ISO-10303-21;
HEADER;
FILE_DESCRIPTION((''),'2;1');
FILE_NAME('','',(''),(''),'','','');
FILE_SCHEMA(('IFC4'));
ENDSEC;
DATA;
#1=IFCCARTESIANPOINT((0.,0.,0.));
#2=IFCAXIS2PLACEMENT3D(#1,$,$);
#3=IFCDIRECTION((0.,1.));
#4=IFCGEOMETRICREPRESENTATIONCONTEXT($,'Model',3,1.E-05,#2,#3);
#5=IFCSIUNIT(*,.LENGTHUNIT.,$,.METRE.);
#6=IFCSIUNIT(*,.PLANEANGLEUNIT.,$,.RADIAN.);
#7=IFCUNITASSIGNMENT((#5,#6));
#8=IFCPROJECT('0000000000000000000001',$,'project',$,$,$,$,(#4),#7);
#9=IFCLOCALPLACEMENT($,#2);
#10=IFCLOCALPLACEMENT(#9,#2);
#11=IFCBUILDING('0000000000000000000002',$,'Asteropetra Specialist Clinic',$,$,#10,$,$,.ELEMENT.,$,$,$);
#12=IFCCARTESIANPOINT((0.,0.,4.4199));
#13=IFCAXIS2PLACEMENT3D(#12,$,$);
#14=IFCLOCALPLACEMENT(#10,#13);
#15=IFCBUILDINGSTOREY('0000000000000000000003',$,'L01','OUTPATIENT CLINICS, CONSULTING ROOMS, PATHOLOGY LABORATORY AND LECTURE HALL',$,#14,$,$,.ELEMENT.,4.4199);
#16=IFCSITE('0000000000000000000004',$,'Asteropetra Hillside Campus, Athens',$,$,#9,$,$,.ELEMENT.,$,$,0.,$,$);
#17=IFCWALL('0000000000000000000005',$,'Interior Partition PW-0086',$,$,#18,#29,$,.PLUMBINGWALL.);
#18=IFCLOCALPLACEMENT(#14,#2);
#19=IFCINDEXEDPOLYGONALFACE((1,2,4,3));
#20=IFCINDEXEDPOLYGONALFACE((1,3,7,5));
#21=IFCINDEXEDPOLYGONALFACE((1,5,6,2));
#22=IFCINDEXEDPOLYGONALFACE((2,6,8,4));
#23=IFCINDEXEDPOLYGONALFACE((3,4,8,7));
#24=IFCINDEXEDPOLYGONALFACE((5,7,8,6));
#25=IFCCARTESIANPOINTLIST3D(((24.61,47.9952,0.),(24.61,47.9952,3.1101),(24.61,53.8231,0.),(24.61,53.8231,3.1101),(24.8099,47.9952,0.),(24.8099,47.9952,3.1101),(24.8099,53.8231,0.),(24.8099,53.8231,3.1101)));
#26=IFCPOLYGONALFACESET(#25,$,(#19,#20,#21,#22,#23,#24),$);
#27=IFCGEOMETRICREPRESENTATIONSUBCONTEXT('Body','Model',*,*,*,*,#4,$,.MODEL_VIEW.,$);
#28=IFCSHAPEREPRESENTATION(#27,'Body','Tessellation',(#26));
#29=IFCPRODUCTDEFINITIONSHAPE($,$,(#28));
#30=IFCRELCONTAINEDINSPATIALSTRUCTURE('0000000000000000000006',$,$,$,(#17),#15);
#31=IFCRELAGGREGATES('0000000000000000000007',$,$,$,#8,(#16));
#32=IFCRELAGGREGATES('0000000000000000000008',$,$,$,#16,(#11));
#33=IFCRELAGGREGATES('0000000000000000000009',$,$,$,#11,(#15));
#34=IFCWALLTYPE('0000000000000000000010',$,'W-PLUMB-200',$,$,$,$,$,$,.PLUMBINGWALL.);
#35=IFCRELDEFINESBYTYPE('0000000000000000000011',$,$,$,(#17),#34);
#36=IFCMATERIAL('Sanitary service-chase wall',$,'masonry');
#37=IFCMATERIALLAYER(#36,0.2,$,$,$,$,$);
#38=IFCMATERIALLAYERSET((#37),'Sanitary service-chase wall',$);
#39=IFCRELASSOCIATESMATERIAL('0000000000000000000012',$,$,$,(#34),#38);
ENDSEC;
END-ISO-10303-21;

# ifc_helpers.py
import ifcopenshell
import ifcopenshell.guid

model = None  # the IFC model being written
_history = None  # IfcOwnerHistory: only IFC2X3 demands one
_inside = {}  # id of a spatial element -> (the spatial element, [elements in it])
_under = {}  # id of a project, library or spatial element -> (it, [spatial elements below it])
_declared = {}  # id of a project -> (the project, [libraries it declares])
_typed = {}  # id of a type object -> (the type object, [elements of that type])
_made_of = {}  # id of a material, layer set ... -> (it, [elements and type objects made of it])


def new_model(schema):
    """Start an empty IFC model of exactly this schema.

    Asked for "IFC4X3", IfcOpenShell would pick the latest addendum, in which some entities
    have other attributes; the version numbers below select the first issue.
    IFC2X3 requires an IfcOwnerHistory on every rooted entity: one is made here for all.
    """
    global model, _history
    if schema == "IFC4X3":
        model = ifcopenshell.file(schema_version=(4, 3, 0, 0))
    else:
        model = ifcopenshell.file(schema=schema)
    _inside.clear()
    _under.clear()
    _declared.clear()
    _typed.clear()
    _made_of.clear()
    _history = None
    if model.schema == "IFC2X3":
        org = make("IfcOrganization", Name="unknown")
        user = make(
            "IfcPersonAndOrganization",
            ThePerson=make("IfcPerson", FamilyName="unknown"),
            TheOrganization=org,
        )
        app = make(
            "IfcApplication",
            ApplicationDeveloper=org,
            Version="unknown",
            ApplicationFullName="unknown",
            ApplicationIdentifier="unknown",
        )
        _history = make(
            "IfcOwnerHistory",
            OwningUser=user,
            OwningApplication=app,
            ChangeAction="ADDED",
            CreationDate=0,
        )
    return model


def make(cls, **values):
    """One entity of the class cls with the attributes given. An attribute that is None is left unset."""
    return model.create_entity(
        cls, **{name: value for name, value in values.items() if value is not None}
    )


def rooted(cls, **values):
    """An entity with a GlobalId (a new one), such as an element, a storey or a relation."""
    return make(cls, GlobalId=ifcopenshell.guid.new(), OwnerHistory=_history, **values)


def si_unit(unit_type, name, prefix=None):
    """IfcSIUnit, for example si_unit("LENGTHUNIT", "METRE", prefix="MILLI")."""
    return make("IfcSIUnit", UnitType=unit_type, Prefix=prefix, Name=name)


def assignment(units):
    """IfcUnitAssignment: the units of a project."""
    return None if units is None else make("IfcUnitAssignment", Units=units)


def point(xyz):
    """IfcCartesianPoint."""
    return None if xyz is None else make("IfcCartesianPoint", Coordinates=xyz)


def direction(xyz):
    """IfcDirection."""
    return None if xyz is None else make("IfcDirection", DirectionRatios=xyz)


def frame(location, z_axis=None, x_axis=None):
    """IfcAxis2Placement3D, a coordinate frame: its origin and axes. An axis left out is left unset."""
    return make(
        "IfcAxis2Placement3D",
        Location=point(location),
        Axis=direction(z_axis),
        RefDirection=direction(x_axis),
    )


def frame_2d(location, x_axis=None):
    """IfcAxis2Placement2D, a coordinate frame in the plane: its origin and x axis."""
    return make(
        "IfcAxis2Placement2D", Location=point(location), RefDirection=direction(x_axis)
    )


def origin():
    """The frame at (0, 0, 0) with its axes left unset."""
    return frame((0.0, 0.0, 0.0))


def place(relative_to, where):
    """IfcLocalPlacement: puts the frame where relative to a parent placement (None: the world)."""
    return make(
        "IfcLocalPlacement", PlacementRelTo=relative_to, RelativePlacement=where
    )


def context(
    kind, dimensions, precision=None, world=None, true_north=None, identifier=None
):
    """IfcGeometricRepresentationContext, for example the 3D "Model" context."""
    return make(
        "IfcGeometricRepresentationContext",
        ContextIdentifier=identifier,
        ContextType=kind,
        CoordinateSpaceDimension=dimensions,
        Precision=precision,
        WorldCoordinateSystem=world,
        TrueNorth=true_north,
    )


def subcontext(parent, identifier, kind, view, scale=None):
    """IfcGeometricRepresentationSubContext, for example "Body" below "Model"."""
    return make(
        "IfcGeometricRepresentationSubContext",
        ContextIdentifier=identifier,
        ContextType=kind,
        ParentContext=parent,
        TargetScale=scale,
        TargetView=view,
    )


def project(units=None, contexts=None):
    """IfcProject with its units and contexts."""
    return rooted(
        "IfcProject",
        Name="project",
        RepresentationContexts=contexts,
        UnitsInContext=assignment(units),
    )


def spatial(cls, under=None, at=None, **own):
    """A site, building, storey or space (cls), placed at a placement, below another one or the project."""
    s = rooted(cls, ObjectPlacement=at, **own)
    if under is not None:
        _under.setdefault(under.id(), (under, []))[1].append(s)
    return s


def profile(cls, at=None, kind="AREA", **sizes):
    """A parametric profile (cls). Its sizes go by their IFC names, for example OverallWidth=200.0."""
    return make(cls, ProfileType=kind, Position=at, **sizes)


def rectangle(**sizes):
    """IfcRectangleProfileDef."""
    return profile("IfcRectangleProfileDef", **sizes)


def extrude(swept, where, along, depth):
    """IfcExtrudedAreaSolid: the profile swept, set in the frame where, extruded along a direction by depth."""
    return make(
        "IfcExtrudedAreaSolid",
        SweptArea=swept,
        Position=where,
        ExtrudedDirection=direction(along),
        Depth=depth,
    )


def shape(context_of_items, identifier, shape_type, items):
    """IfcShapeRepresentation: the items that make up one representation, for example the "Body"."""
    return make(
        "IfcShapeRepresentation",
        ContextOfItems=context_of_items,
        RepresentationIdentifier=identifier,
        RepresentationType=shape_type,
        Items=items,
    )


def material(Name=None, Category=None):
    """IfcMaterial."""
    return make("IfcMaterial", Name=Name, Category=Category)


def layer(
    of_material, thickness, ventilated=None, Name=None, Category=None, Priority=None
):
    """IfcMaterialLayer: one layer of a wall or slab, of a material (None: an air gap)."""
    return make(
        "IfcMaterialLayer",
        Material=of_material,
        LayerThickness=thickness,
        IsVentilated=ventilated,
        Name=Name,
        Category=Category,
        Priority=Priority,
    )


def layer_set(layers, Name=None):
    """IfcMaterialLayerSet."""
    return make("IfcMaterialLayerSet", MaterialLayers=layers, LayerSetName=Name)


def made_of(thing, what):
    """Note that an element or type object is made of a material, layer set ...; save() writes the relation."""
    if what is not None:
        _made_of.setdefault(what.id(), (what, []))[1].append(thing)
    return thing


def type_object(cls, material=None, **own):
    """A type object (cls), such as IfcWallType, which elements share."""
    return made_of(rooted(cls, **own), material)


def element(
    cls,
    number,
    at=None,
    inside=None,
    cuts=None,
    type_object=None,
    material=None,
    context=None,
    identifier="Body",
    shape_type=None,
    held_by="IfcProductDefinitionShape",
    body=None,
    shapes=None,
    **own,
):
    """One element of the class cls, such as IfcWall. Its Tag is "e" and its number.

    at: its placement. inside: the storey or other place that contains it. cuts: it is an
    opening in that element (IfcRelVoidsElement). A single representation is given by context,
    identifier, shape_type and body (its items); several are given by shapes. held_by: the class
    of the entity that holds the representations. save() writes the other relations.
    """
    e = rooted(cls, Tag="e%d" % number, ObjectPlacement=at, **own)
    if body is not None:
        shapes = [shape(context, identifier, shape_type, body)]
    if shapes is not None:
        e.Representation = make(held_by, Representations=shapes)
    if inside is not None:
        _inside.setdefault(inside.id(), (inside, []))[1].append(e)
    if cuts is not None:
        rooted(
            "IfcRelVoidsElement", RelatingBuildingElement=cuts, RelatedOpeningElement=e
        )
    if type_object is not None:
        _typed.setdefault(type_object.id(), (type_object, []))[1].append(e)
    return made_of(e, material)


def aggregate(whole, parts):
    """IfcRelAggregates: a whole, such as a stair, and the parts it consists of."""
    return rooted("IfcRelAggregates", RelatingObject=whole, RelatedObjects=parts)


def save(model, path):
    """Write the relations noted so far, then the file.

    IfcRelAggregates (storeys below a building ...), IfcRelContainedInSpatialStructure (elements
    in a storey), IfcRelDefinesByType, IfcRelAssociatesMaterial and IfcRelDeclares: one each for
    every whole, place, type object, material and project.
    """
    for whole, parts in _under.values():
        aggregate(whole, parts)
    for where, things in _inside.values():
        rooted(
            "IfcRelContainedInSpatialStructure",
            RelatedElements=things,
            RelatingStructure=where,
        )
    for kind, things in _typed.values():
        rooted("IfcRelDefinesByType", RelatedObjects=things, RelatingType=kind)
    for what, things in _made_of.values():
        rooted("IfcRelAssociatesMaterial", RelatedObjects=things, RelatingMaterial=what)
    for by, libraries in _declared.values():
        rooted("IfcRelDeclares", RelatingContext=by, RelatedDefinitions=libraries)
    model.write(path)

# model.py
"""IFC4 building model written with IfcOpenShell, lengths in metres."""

from ifc_helpers import new_model, si_unit, direction, frame, frame_2d, origin, place, context, subcontext, project, spatial, rectangle, extrude, material, layer, layer_set, type_object, element, save


model = new_model("IFC4")

# Units and contexts
model_context = context("Model", 3, precision=1e-05, world=origin(), true_north=direction((0.0, 1.0)))
body_context = subcontext(model_context, "Body", "Model", "MODEL_VIEW")
ifc_project = project(units=[si_unit("LENGTHUNIT", "METRE"), si_unit("PLANEANGLEUNIT", "RADIAN")], contexts=[model_context])

# Site, building, storey
site_placement = place(None, origin())
site = spatial("IfcSite", under=ifc_project, at=site_placement, Name="Asteropetra Hillside Campus, Athens", CompositionType="ELEMENT", RefElevation=0.0)
building_placement = place(site_placement, origin())
building = spatial("IfcBuilding", under=site, at=building_placement, Name="Asteropetra Specialist Clinic", CompositionType="ELEMENT")
storey_placement = place(building_placement, frame((0.0, 0.0, 4.4199)))
storey = spatial("IfcBuildingStorey", under=building, at=storey_placement, Name="L01", Description="OUTPATIENT CLINICS, CONSULTING ROOMS, PATHOLOGY LABORATORY AND LECTURE HALL", CompositionType="ELEMENT", Elevation=4.4199)

# Wall
ifc_material_1 = material(Name="Sanitary service-chase wall", Category="masonry")
ifc_layer_1 = layer(ifc_material_1, 0.2)
ifc_layer_set_1 = layer_set([ifc_layer_1], Name="Sanitary service-chase wall")
wall_type_1 = type_object("IfcWallType", Name="W-PLUMB-200", PredefinedType="PLUMBINGWALL", material=ifc_layer_set_1)
wall_1_placement = place(storey_placement, frame((24.71, 47.9951, 0.0), z_axis=(0.0, 0.0, 1.0), x_axis=(0.0, 1.0, 0.0)))
element("IfcWall", 1, at=wall_1_placement, inside=storey, type_object=wall_type_1, Name="Interior Partition PW-0086", PredefinedType="PLUMBINGWALL", context=body_context, shape_type="SweptSolid", body=[
    extrude(rectangle(XDim=5.8279, YDim=0.2, at=frame_2d((2.9141, 0.0))), origin(), (0.0, 0.0, 1.0), 3.1101),
])

save(model, "model.ifc")
